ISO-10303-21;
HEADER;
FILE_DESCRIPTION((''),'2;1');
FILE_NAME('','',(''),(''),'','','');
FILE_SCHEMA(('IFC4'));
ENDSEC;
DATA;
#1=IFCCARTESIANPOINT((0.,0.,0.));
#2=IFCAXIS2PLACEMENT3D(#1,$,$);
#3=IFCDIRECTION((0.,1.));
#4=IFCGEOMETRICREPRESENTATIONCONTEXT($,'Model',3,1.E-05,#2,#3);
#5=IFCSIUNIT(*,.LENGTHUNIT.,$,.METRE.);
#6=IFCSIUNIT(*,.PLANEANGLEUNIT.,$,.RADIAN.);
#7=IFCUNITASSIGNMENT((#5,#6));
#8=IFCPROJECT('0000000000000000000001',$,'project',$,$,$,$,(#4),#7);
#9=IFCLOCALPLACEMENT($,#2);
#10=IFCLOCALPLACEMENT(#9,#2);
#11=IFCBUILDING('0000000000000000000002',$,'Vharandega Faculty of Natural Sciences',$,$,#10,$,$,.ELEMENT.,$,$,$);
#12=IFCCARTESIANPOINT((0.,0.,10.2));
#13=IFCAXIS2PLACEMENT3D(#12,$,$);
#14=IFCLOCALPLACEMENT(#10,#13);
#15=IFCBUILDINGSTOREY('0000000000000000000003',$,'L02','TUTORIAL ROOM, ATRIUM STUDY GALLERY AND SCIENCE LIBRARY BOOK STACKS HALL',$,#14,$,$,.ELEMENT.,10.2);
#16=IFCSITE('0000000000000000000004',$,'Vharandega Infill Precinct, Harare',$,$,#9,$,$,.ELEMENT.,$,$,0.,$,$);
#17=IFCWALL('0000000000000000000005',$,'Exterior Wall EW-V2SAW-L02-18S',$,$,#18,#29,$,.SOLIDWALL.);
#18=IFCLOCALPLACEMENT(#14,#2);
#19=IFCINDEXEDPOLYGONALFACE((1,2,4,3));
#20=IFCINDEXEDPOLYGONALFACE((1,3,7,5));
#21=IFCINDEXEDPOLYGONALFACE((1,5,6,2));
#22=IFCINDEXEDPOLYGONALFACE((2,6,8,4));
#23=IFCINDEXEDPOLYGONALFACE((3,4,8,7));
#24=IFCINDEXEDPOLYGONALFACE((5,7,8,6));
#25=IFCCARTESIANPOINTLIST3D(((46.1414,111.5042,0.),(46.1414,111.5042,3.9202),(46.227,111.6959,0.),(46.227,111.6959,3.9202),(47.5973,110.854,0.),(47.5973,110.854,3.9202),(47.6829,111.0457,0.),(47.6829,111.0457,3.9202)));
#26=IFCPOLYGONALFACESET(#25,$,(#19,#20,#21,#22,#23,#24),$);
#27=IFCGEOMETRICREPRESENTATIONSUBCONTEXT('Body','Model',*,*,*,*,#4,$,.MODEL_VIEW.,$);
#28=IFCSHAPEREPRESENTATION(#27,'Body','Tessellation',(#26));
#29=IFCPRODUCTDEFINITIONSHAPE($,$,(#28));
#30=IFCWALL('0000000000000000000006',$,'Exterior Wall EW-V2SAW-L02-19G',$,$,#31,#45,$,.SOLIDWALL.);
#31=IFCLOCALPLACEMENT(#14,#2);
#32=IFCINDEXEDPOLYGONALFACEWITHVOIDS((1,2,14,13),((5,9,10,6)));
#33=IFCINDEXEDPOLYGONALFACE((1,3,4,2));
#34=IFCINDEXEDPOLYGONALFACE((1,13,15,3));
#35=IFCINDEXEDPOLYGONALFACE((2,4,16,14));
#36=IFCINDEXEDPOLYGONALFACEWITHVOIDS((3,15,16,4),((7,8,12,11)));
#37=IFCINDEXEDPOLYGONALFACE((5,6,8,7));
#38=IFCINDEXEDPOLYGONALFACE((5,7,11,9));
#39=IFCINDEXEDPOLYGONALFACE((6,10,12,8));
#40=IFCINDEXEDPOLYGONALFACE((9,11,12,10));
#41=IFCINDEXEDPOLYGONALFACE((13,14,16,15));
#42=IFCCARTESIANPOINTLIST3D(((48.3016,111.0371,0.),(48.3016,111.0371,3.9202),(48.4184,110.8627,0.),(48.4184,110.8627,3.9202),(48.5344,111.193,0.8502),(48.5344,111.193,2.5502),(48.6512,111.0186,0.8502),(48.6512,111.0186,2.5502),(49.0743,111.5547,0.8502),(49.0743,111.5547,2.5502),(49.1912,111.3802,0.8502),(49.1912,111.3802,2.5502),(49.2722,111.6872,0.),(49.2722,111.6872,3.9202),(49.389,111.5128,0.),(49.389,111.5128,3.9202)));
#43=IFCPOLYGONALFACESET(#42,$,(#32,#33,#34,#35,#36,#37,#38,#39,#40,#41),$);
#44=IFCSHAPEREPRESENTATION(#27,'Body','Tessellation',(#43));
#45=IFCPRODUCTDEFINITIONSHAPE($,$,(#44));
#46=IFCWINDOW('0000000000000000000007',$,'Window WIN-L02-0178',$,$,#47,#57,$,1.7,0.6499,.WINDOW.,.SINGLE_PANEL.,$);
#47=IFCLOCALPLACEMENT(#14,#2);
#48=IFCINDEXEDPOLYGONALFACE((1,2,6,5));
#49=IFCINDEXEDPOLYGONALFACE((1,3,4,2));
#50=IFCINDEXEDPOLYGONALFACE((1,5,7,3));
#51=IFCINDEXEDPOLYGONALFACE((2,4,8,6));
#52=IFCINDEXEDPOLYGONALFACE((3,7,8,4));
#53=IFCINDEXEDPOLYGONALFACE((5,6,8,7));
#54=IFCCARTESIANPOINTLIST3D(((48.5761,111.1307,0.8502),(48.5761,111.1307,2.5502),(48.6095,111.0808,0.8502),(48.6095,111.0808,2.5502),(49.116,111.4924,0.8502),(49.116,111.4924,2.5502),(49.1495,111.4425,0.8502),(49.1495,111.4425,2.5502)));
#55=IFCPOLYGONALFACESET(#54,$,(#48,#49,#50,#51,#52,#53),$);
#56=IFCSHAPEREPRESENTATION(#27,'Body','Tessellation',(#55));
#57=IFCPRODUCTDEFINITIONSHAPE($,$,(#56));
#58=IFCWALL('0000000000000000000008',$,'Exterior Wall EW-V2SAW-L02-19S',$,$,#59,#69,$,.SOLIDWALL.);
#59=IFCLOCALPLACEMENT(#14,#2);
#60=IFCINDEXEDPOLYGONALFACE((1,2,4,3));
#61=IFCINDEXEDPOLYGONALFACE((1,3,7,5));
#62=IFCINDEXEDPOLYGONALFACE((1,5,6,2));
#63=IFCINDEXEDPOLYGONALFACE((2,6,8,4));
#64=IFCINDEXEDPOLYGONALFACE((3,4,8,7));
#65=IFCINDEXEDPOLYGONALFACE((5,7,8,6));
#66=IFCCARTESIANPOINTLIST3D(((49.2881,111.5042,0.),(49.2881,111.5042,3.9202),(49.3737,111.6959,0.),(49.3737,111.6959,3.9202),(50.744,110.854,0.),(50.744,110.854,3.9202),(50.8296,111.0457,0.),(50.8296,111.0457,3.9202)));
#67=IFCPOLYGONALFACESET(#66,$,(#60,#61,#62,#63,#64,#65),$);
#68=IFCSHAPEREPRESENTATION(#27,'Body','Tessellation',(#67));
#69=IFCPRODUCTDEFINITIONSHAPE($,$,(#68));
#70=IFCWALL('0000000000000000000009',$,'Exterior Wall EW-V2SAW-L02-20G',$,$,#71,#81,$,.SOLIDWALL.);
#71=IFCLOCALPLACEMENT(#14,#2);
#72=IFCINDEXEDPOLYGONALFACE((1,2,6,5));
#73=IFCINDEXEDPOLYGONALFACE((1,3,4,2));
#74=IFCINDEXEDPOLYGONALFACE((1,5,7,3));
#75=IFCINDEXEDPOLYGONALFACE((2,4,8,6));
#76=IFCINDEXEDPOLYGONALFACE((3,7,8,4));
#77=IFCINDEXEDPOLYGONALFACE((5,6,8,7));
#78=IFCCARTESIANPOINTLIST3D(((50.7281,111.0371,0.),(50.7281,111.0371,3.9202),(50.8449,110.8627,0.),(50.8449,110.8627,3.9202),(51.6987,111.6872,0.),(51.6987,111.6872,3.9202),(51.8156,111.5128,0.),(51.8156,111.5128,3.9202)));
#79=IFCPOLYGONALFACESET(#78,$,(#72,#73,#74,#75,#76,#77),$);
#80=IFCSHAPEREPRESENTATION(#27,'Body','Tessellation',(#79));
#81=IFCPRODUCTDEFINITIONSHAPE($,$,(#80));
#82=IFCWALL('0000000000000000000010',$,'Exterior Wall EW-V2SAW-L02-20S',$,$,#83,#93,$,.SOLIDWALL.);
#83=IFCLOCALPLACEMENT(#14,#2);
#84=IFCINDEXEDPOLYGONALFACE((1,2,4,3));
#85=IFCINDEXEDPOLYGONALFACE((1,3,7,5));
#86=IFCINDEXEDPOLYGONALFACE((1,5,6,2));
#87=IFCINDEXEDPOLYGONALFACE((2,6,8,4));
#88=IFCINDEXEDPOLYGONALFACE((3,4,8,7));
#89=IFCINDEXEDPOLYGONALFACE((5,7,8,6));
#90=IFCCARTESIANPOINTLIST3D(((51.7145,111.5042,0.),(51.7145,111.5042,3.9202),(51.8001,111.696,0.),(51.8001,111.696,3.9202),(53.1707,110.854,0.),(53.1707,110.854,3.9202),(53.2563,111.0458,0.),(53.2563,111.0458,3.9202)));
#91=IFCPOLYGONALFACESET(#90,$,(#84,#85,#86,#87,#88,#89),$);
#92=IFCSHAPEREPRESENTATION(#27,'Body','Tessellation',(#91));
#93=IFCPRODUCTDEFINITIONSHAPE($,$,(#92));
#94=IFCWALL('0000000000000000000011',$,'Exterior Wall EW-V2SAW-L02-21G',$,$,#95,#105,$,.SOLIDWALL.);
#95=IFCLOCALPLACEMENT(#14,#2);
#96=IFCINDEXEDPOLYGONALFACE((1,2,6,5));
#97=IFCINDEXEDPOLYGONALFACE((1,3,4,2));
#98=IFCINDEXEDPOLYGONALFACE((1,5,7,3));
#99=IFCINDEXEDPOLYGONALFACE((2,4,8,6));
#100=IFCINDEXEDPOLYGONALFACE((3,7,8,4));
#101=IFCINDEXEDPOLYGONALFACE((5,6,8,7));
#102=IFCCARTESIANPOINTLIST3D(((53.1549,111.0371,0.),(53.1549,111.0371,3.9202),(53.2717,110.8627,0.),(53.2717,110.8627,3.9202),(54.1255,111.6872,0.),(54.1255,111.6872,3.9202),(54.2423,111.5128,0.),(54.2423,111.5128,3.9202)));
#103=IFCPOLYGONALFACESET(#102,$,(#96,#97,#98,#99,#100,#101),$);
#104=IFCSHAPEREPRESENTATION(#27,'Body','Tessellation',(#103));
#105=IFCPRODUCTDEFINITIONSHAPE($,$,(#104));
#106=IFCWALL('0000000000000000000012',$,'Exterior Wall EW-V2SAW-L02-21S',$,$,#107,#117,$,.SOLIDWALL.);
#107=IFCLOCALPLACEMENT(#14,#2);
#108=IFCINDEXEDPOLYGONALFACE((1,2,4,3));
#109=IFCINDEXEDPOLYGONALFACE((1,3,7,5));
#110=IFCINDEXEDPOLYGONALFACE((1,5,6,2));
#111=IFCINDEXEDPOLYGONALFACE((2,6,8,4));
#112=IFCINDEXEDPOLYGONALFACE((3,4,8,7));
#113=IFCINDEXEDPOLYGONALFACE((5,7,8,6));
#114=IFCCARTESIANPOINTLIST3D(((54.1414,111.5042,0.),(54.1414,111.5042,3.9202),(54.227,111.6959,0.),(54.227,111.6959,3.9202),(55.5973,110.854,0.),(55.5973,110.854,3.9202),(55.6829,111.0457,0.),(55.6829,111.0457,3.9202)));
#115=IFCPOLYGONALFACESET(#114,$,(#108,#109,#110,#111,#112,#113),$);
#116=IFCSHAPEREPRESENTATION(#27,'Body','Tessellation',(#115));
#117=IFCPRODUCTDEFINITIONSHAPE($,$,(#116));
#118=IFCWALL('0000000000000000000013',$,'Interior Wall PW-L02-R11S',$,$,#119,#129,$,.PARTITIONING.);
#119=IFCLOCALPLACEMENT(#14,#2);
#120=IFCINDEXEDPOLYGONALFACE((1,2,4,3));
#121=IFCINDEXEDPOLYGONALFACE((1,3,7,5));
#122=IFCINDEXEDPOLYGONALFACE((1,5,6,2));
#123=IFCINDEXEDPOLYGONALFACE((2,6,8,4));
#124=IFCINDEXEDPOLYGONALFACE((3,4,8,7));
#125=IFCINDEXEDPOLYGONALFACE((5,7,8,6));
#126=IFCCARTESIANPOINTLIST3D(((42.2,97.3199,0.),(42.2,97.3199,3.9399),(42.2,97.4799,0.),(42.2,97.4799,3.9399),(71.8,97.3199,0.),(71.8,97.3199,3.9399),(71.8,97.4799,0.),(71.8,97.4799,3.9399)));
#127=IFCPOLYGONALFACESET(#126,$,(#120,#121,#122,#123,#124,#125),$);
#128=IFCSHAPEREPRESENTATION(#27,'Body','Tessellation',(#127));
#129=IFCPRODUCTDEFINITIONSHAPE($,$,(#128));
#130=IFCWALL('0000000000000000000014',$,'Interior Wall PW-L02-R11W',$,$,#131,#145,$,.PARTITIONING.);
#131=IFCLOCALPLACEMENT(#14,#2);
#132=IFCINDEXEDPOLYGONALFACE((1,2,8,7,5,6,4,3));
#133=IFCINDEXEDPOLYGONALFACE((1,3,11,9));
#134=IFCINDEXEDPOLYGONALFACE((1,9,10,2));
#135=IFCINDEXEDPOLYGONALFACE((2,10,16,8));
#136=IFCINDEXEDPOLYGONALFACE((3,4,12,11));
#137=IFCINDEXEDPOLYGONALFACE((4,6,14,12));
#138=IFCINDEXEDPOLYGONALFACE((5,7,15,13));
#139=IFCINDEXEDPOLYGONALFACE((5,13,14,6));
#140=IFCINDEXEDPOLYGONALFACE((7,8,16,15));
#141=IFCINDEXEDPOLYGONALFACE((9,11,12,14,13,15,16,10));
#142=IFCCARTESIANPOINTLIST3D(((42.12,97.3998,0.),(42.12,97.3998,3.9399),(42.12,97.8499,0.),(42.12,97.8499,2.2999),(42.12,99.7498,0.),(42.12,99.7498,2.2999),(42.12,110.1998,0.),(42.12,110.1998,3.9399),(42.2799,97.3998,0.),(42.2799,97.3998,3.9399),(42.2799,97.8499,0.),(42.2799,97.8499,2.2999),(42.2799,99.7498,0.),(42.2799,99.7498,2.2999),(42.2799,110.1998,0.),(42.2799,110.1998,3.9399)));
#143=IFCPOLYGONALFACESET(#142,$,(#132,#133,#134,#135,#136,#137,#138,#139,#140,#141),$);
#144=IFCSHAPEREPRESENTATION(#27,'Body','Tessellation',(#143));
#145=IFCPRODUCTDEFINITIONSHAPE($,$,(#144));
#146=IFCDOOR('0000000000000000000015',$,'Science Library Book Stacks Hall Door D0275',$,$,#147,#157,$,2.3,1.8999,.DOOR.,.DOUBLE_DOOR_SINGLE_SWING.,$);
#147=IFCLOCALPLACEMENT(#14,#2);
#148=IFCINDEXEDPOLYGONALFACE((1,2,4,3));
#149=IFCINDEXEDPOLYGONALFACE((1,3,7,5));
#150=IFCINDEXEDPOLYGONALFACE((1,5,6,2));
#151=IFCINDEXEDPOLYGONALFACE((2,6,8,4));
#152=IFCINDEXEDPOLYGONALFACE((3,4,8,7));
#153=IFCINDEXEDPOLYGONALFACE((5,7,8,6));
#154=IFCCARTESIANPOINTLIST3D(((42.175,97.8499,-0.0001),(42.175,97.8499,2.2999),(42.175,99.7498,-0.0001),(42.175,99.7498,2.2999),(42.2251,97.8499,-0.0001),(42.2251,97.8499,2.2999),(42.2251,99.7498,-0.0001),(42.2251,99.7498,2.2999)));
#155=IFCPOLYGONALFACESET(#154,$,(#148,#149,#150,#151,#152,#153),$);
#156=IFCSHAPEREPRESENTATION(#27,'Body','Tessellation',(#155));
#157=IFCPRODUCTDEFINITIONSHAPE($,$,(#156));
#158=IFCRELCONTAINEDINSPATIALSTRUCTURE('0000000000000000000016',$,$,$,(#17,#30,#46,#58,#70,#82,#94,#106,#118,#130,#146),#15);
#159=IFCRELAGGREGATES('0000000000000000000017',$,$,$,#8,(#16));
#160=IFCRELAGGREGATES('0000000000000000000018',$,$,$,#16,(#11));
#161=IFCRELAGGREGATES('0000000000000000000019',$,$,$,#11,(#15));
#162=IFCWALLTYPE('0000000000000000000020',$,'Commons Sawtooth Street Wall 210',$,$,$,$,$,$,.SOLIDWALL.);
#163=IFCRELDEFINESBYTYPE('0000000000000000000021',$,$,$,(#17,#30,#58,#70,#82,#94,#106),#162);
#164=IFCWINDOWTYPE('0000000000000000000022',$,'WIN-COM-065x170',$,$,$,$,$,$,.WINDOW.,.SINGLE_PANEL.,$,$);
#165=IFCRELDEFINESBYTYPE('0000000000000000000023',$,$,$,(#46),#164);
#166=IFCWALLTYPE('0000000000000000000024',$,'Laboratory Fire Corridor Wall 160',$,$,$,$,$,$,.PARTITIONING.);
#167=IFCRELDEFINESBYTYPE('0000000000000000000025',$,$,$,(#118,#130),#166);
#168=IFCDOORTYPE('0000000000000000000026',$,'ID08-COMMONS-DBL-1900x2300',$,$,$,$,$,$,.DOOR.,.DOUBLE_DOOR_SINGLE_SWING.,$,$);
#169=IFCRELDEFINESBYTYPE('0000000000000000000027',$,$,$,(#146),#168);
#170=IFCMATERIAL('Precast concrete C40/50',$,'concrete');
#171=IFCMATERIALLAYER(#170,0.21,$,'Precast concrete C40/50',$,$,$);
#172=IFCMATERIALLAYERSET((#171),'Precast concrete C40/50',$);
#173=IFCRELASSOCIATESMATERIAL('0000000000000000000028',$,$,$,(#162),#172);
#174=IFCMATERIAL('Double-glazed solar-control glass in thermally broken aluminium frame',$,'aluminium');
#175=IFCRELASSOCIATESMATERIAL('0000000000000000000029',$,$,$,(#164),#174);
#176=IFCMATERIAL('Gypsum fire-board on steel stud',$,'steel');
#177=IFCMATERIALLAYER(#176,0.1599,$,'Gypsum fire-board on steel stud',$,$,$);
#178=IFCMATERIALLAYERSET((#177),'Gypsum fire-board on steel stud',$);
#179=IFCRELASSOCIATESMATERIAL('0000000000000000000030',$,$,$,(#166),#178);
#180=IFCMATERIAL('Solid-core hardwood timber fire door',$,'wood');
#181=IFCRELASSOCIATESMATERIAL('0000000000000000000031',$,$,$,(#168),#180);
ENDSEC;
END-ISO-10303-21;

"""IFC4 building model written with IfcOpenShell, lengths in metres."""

from ifc_helpers import new_model, si_unit, direction, frame, frame_2d, origin, place, context, subcontext, project, spatial, rectangle, extrude, material, layer, layer_set, type_object, element, fill, save


model = new_model("IFC4")

# Units and contexts
model_context = context("Model", 3, precision=1e-05, world=origin(), true_north=direction((0.0, 1.0)))
body_context = subcontext(model_context, "Body", "Model", "MODEL_VIEW")
ifc_project = project(units=[si_unit("LENGTHUNIT", "METRE"), si_unit("PLANEANGLEUNIT", "RADIAN")], contexts=[model_context])

# Site, building, storey
site_placement = place(None, origin())
site = spatial("IfcSite", under=ifc_project, at=site_placement, Name="Vharandega Infill Precinct, Harare", CompositionType="ELEMENT", RefElevation=0.0)
building_placement = place(site_placement, origin())
building = spatial("IfcBuilding", under=site, at=building_placement, Name="Vharandega Faculty of Natural Sciences", CompositionType="ELEMENT")
storey_placement = place(building_placement, frame((0.0, 0.0, 10.2)))
storey = spatial("IfcBuildingStorey", under=building, at=storey_placement, Name="L02", Description="TUTORIAL ROOM, ATRIUM STUDY GALLERY AND SCIENCE LIBRARY BOOK STACKS HALL", CompositionType="ELEMENT", Elevation=10.2)

# Shared definitions
ifc_material_1 = material(Name="Precast concrete C40/50", Category="concrete")
ifc_layer_1 = layer(ifc_material_1, 0.21, Name="Precast concrete C40/50")
ifc_layer_set_1 = layer_set([ifc_layer_1], Name="Precast concrete C40/50")
wall_type_1 = type_object("IfcWallType", Name="Commons Sawtooth Street Wall 210", PredefinedType="SOLIDWALL", material=ifc_layer_set_1)

# Shared definitions
ifc_material_2 = material(Name="Double-glazed solar-control glass in thermally broken aluminium frame", Category="aluminium")
window_type = type_object("IfcWindowType", Name="WIN-COM-065x170", PartitioningType="SINGLE_PANEL", PredefinedType="WINDOW", material=ifc_material_2)

# Wall
wall_1_placement = place(storey_placement, frame((46.1841, 111.6001, 0.0), z_axis=(0.0, 0.0, 1.0), x_axis=(0.913084, -0.407772, 0.0)))
element("IfcWall", 1, at=wall_1_placement, inside=storey, type_object=wall_type_1, Name="Exterior Wall EW-V2SAW-L02-18S", PredefinedType="SOLIDWALL", context=body_context, shape_type="SweptSolid", body=[
    extrude(rectangle(XDim=1.5945, YDim=0.21, at=frame_2d((0.7974, 0.0))), origin(), (0.0, 0.0, 1.0), 3.9202),
])

# Wall, opening, window
wall_2_placement = place(storey_placement, frame((48.3601, 110.95, 0.0), z_axis=(0.0, 0.0, 1.0), x_axis=(0.830859, 0.556483, 0.0)))
wall_2 = element("IfcWall", 2, at=wall_2_placement, inside=storey, type_object=wall_type_1, Name="Exterior Wall EW-V2SAW-L02-19G", PredefinedType="SOLIDWALL", context=body_context, shape_type="SweptSolid", body=[
    extrude(rectangle(XDim=1.1682, YDim=0.21, at=frame_2d((0.584, 0.0))), origin(), (0.0, 0.0, 1.0), 3.9202),
])
opening_1_placement = place(wall_2_placement, frame((0.28, 0.0, 0.8501)))
opening_1 = element("IfcOpeningElement", 3, at=opening_1_placement, cuts=wall_2, PredefinedType="OPENING", context=body_context, shape_type="SweptSolid", body=[
    extrude(rectangle(XDim=0.6499, YDim=1.7, at=frame_2d((0.325, 0.8501))), frame((0.0, 0.115, 0.0), z_axis=(0.0, -1.0, 0.0), x_axis=(1.0, 0.0, 0.0)), (0.0, 0.0, 1.0), 0.23),
])
window_1_placement = place(opening_1_placement, origin())
window_1 = element("IfcWindow", 4, at=window_1_placement, inside=storey, type_object=window_type, Name="Window WIN-L02-0178", OverallHeight=1.7, OverallWidth=0.6499, PartitioningType="SINGLE_PANEL", PredefinedType="WINDOW", context=body_context, shape_type="SweptSolid", body=[
    extrude(rectangle(XDim=0.6499, YDim=1.7, at=frame_2d((0.325, 0.8501))), frame((0.0, 0.03, 0.0), z_axis=(0.0, -1.0, 0.0), x_axis=(1.0, 0.0, 0.0)), (0.0, 0.0, 1.0), 0.0601),
])
fill(opening_1, window_1)

# Walls
wall_3_placement = place(storey_placement, frame((49.3308, 111.6001, 0.0), z_axis=(0.0, 0.0, 1.0), x_axis=(0.913084, -0.407772, 0.0)))
element("IfcWall", 5, at=wall_3_placement, inside=storey, type_object=wall_type_1, Name="Exterior Wall EW-V2SAW-L02-19S", PredefinedType="SOLIDWALL", context=body_context, shape_type="SweptSolid", body=[
    extrude(rectangle(XDim=1.5945, YDim=0.21, at=frame_2d((0.7974, 0.0))), origin(), (0.0, 0.0, 1.0), 3.9202),
])
wall_4_placement = place(storey_placement, frame((50.7866, 110.95, 0.0), z_axis=(0.0, 0.0, 1.0), x_axis=(0.830859, 0.556483, 0.0)))
element("IfcWall", 6, at=wall_4_placement, inside=storey, type_object=wall_type_1, Name="Exterior Wall EW-V2SAW-L02-20G", PredefinedType="SOLIDWALL", context=body_context, shape_type="SweptSolid", body=[
    extrude(rectangle(XDim=1.1682, YDim=0.21, at=frame_2d((0.584, 0.0))), origin(), (0.0, 0.0, 1.0), 3.9202),
])
wall_5_placement = place(storey_placement, frame((51.7573, 111.6001, 0.0), z_axis=(0.0, 0.0, 1.0), x_axis=(0.913109, -0.407715, 0.0)))
element("IfcWall", 7, at=wall_5_placement, inside=storey, type_object=wall_type_1, Name="Exterior Wall EW-V2SAW-L02-20S", PredefinedType="SOLIDWALL", context=body_context, shape_type="SweptSolid", body=[
    extrude(rectangle(XDim=1.5947, YDim=0.21, at=frame_2d((0.7974, 0.0))), origin(), (0.0, 0.0, 1.0), 3.9202),
])
wall_6_placement = place(storey_placement, frame((53.2134, 110.95, 0.0), z_axis=(0.0, 0.0, 1.0), x_axis=(0.830859, 0.556483, 0.0)))
element("IfcWall", 8, at=wall_6_placement, inside=storey, type_object=wall_type_1, Name="Exterior Wall EW-V2SAW-L02-21G", PredefinedType="SOLIDWALL", context=body_context, shape_type="SweptSolid", body=[
    extrude(rectangle(XDim=1.1682, YDim=0.21, at=frame_2d((0.584, 0.0))), origin(), (0.0, 0.0, 1.0), 3.9202),
])
wall_7_placement = place(storey_placement, frame((54.1841, 111.6001, 0.0), z_axis=(0.0, 0.0, 1.0), x_axis=(0.913084, -0.407772, 0.0)))
element("IfcWall", 9, at=wall_7_placement, inside=storey, type_object=wall_type_1, Name="Exterior Wall EW-V2SAW-L02-21S", PredefinedType="SOLIDWALL", context=body_context, shape_type="SweptSolid", body=[
    extrude(rectangle(XDim=1.5945, YDim=0.21, at=frame_2d((0.7974, 0.0))), origin(), (0.0, 0.0, 1.0), 3.9202),
])
ifc_material_3 = material(Name="Gypsum fire-board on steel stud", Category="steel")
ifc_layer_2 = layer(ifc_material_3, 0.1599, Name="Gypsum fire-board on steel stud")
ifc_layer_set_2 = layer_set([ifc_layer_2], Name="Gypsum fire-board on steel stud")
wall_type_2 = type_object("IfcWallType", Name="Laboratory Fire Corridor Wall 160", PredefinedType="PARTITIONING", material=ifc_layer_set_2)
wall_8_placement = place(storey_placement, frame((42.2, 97.3999, 0.0), z_axis=(0.0, 0.0, 1.0), x_axis=(1.0, 0.0, 0.0)))
element("IfcWall", 10, at=wall_8_placement, inside=storey, type_object=wall_type_2, Name="Interior Wall PW-L02-R11S", PredefinedType="PARTITIONING", context=body_context, shape_type="SweptSolid", body=[
    extrude(rectangle(XDim=29.6001, YDim=0.1599, at=frame_2d((14.8, 0.0))), origin(), (0.0, 0.0, 1.0), 3.9399),
])

# Wall, opening, door
wall_9_placement = place(storey_placement, frame((42.2, 97.3999, 0.0), z_axis=(0.0, 0.0, 1.0), x_axis=(0.0, 1.0, 0.0)))
wall_9 = element("IfcWall", 11, at=wall_9_placement, inside=storey, type_object=wall_type_2, Name="Interior Wall PW-L02-R11W", PredefinedType="PARTITIONING", context=body_context, shape_type="SweptSolid", body=[
    extrude(rectangle(XDim=12.8, YDim=0.1599, at=frame_2d((6.3999, 0.0))), origin(), (0.0, 0.0, 1.0), 3.9399),
])
opening_2_placement = place(wall_9_placement, frame((0.45, 0.0, 0.0)))
opening_2 = element("IfcOpeningElement", 12, at=opening_2_placement, cuts=wall_9, PredefinedType="OPENING", context=body_context, shape_type="SweptSolid", body=[
    extrude(rectangle(XDim=1.8999, YDim=2.3, at=frame_2d((0.95, 1.1499))), frame((0.0, 0.0898, 0.0), z_axis=(0.0, -1.0, 0.0), x_axis=(1.0, 0.0, 0.0)), (0.0, 0.0, 1.0), 0.1799),
])
ifc_material_4 = material(Name="Solid-core hardwood timber fire door", Category="wood")
door_type = type_object("IfcDoorType", Name="ID08-COMMONS-DBL-1900x2300", OperationType="DOUBLE_DOOR_SINGLE_SWING", PredefinedType="DOOR", material=ifc_material_4)
door_placement = place(opening_2_placement, origin())
door = element("IfcDoor", 13, at=door_placement, inside=storey, type_object=door_type, Name="Science Library Book Stacks Hall Door D0275", OperationType="DOUBLE_DOOR_SINGLE_SWING", OverallHeight=2.3, OverallWidth=1.8999, PredefinedType="DOOR", context=body_context, shape_type="SweptSolid", body=[
    extrude(rectangle(XDim=1.8999, YDim=2.3, at=frame_2d((0.95, 1.1499))), frame((0.0, 0.0249, 0.0), z_axis=(0.0, -1.0, 0.0), x_axis=(1.0, 0.0, 0.0)), (0.0, 0.0, 1.0), 0.05),
])
fill(opening_2, door)

save(model, "model.ifc")
